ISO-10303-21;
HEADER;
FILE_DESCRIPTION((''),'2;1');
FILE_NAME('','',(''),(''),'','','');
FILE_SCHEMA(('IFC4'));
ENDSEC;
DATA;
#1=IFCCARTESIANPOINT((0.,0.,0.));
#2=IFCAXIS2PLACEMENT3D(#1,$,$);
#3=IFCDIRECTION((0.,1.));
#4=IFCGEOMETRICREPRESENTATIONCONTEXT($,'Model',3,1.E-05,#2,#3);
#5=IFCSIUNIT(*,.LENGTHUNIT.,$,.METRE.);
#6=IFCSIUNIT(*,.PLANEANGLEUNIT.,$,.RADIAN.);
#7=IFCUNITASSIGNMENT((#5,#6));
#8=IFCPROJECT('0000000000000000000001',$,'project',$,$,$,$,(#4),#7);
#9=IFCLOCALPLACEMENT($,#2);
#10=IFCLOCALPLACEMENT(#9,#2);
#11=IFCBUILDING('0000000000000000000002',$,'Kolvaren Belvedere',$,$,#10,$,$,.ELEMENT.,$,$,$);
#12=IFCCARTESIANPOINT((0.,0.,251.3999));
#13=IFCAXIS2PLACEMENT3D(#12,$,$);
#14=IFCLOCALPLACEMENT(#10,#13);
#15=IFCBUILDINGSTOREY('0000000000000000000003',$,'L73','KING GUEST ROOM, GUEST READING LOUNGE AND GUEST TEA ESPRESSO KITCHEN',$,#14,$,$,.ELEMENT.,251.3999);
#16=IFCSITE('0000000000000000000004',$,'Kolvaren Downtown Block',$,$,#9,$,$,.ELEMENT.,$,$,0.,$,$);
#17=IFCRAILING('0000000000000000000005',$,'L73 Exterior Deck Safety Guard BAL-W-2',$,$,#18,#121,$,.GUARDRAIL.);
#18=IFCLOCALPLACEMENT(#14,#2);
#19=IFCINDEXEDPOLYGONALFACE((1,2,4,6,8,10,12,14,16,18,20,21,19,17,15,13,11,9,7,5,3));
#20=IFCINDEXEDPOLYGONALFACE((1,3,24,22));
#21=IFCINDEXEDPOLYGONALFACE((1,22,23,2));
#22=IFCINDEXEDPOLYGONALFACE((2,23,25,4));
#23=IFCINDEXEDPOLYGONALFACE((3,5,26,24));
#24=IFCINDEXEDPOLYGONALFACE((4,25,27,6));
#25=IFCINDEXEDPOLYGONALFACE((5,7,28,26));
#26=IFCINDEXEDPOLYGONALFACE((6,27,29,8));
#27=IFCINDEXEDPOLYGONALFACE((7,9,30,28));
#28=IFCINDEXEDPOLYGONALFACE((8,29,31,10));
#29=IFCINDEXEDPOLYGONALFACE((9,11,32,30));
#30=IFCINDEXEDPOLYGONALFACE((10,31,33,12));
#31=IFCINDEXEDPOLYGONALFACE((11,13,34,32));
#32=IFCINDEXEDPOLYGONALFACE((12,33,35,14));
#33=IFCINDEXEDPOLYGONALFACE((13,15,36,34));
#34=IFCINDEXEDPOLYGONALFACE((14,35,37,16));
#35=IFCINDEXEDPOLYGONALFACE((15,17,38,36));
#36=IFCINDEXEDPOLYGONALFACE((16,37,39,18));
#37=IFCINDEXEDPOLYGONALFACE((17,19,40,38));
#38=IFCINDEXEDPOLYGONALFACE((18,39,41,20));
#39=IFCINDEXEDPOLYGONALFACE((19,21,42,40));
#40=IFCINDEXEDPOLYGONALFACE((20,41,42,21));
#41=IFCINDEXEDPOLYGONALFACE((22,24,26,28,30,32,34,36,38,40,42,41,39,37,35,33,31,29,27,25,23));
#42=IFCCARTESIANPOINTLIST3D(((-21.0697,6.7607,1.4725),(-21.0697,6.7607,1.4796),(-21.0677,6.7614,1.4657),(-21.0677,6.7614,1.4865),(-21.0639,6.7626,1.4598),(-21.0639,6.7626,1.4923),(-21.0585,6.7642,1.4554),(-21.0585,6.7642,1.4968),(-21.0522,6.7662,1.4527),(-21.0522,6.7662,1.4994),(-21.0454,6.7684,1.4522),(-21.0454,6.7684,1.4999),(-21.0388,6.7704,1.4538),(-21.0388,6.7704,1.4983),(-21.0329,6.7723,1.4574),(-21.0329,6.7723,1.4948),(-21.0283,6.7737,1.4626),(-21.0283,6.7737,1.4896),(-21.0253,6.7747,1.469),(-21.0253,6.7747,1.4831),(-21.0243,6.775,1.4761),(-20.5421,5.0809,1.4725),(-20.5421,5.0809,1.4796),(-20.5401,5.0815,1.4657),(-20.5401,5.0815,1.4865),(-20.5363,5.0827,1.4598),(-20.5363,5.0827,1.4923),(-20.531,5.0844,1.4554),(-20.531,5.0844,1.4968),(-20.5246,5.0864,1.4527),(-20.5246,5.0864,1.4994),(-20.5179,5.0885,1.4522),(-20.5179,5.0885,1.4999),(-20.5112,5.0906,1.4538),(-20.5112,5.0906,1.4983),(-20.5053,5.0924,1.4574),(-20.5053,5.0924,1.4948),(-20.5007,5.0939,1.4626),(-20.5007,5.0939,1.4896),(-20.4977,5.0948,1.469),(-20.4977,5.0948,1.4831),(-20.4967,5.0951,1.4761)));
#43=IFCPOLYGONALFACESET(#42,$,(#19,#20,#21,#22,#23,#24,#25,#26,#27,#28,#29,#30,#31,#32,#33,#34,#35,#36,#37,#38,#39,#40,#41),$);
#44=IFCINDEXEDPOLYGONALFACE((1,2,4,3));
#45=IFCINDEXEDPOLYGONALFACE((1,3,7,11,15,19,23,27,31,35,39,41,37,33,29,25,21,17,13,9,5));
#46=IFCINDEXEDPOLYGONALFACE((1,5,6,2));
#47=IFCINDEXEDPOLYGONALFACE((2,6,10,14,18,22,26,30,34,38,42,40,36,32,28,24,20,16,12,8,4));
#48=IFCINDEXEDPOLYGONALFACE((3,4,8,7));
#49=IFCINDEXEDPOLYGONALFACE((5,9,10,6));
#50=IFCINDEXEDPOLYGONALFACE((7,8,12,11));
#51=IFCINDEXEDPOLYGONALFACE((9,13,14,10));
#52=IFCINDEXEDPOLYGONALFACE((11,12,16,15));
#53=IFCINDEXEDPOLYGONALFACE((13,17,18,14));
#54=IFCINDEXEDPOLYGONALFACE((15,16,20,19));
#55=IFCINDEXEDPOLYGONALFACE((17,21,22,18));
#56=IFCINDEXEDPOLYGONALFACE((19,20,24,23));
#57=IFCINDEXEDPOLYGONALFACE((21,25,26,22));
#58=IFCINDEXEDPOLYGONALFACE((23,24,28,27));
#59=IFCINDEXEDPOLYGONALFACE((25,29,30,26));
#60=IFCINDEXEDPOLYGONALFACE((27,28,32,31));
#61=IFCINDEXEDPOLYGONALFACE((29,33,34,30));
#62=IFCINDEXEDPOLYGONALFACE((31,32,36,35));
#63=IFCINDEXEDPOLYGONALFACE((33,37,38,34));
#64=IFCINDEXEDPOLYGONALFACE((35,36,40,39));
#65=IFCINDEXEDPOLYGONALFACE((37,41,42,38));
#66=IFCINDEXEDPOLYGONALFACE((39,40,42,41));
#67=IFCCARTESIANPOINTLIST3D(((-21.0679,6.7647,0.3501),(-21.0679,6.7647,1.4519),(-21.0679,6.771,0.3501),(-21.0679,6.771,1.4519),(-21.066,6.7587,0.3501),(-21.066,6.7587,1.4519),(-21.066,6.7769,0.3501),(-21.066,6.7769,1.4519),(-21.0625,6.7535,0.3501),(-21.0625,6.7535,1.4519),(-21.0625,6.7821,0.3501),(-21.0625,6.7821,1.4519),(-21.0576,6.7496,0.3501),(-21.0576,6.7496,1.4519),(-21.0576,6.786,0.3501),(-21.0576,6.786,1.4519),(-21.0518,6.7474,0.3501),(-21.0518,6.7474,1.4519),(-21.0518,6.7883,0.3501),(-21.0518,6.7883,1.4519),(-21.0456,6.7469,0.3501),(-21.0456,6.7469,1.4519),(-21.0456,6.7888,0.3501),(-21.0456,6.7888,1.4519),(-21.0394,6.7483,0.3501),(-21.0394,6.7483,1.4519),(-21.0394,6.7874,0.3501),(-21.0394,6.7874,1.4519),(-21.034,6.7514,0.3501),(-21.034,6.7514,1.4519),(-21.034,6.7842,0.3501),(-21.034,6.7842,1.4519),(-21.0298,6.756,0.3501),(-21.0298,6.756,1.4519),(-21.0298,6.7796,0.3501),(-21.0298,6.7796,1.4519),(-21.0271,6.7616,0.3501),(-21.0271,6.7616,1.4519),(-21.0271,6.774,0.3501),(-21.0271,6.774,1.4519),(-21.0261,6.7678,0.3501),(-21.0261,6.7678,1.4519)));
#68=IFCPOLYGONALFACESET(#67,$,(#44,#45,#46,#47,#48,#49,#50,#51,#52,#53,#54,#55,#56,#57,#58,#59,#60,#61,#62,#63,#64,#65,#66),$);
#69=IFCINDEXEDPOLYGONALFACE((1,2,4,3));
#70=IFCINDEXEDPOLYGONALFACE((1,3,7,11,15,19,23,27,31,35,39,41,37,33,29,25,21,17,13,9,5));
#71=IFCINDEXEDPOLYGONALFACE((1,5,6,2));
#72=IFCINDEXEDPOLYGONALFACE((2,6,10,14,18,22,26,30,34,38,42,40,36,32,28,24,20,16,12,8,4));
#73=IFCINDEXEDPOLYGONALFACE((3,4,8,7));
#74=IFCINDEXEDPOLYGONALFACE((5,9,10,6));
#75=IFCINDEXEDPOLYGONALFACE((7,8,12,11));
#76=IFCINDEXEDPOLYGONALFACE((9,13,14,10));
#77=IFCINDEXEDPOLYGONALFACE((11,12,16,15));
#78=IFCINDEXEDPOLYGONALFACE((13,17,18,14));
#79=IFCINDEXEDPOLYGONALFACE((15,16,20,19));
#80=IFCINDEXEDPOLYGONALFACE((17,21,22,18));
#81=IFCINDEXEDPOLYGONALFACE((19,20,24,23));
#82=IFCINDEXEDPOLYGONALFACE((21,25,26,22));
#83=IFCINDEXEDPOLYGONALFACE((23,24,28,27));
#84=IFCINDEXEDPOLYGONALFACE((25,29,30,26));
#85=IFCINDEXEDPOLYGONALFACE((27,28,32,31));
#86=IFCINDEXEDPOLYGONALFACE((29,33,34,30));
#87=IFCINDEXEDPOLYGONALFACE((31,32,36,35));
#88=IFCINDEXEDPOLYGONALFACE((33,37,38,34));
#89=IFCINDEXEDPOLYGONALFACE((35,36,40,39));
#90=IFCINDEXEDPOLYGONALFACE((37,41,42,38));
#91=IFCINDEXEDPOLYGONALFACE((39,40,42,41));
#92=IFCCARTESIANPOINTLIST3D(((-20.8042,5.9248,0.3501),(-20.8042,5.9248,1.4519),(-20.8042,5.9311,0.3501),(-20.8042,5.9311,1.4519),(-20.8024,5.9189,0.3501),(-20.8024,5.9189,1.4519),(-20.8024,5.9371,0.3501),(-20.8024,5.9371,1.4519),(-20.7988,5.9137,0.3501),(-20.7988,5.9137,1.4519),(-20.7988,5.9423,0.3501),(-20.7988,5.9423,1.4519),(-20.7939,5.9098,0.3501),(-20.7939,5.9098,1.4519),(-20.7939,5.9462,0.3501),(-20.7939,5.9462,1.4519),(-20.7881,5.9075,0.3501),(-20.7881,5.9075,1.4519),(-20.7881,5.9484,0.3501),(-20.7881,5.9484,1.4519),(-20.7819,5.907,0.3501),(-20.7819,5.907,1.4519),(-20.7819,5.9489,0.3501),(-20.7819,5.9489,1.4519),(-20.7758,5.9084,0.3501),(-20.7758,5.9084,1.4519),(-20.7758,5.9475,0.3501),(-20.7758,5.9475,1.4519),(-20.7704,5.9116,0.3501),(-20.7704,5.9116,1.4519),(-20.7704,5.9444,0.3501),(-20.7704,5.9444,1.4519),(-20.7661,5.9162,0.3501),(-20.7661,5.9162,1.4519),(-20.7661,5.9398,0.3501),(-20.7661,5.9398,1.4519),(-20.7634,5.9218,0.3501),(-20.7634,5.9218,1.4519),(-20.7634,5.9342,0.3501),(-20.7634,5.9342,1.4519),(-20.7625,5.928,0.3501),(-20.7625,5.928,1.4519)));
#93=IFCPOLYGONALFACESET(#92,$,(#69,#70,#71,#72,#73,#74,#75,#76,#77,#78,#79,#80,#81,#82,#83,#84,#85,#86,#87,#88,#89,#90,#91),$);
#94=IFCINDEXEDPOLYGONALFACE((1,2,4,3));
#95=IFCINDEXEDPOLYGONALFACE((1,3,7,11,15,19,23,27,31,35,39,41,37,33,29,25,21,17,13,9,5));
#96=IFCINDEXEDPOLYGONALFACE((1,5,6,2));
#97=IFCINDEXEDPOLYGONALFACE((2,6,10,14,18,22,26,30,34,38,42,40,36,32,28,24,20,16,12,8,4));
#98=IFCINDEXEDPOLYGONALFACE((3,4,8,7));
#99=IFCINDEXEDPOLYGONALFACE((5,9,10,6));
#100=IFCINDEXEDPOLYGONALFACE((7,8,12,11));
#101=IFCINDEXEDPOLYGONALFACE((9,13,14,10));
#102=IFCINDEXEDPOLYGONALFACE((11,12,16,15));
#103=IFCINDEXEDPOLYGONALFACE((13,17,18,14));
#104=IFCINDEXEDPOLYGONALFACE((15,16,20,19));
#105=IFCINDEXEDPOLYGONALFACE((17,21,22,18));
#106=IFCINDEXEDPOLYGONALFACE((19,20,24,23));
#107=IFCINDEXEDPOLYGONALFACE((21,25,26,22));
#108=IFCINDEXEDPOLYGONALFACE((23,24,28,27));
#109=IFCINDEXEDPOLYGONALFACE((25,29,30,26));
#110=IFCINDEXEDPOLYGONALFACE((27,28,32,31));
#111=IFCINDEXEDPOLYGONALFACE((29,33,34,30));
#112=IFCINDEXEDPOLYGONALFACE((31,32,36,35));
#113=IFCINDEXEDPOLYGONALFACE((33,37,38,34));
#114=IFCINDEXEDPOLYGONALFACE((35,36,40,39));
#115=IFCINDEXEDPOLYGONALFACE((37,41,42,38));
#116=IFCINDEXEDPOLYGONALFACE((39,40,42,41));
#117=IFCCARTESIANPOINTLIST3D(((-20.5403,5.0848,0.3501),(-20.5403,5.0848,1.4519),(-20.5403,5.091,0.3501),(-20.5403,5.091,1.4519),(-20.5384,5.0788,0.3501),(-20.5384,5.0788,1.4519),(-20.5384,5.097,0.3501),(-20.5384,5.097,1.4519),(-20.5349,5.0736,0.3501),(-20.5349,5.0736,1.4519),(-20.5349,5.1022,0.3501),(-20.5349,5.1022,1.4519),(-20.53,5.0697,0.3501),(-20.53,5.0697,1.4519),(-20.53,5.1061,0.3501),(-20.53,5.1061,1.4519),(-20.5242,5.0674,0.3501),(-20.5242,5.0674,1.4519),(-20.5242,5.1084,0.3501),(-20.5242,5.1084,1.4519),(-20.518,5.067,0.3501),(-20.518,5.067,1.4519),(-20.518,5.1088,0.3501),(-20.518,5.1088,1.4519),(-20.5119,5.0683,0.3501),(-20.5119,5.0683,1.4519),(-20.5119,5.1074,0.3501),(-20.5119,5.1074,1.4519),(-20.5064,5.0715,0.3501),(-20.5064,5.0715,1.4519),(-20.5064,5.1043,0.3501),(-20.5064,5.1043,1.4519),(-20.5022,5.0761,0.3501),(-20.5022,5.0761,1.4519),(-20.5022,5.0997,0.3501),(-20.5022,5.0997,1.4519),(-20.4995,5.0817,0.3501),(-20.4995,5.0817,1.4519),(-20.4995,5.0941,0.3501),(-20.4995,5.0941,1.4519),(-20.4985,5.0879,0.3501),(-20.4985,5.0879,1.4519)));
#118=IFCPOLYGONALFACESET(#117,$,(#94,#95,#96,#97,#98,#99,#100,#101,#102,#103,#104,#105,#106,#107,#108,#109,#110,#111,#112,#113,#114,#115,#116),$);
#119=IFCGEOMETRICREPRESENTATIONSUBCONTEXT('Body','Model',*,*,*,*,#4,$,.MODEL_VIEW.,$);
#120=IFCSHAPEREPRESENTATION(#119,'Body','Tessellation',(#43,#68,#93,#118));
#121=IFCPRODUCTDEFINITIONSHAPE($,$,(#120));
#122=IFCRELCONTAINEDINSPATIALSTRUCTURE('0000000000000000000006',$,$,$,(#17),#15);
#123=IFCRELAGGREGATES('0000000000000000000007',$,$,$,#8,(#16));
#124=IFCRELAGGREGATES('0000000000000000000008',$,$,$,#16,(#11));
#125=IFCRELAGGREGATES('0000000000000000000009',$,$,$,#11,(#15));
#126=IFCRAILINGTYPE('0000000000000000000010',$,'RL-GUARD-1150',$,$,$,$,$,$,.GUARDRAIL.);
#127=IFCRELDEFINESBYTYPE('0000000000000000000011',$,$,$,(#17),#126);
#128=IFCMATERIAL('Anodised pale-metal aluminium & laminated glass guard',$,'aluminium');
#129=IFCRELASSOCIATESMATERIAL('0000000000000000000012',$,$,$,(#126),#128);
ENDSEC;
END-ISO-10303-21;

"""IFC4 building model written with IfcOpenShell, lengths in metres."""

from ifc_helpers import new_model, si_unit, direction, frame, origin, origin_2d, place, context, subcontext, project, spatial, circle, extrude, material, type_object, element, save


model = new_model("IFC4")

# Units and contexts
model_context = context("Model", 3, precision=1e-05, world=origin(), true_north=direction((0.0, 1.0)))
body_context = subcontext(model_context, "Body", "Model", "MODEL_VIEW")
ifc_project = project(units=[si_unit("LENGTHUNIT", "METRE"), si_unit("PLANEANGLEUNIT", "RADIAN")], contexts=[model_context])

# Site, building, storey
site_placement = place(None, origin())
site = spatial("IfcSite", under=ifc_project, at=site_placement, Name="Kolvaren Downtown Block", CompositionType="ELEMENT", RefElevation=0.0)
building_placement = place(site_placement, origin())
building = spatial("IfcBuilding", under=site, at=building_placement, Name="Kolvaren Belvedere", CompositionType="ELEMENT")
storey_placement = place(building_placement, frame((0.0, 0.0, 251.3999)))
storey = spatial("IfcBuildingStorey", under=building, at=storey_placement, Name="L73", Description="KING GUEST ROOM, GUEST READING LOUNGE AND GUEST TEA ESPRESSO KITCHEN", CompositionType="ELEMENT", Elevation=251.3999)

# Railing
ifc_material_1 = material(Name="Anodised pale-metal aluminium & laminated glass guard", Category="aluminium")
railing_type = type_object("IfcRailingType", Name="RL-GUARD-1150", PredefinedType="GUARDRAIL", material=ifc_material_1)
railing_1_placement = place(storey_placement, frame((-21.0471, 6.7678, 0.3501)))
element("IfcRailing", 1, at=railing_1_placement, inside=storey, type_object=railing_type, Name="L73 Exterior Deck Safety Guard BAL-W-2", PredefinedType="GUARDRAIL", context=body_context, shape_type="SweptSolid", body=[
    extrude(circle(Radius=0.0239, at=origin_2d()), frame((0.0, 0.0, 1.126), z_axis=(0.299625, -0.954057, 0.0), x_axis=(0.954057, 0.299625, 0.0)), (0.0, 0.0, 1.0), 1.7607),
    extrude(circle(Radius=0.021, at=origin_2d()), origin(), (0.0, 0.0, 1.0), 1.1018),
    extrude(circle(Radius=0.021, at=origin_2d()), frame((0.2637, -0.8398, 0.0)), (0.0, 0.0, 1.0), 1.1018),
    extrude(circle(Radius=0.021, at=origin_2d()), frame((0.5276, -1.6799, 0.0)), (0.0, 0.0, 1.0), 1.1018),
])

save(model, "model.ifc")
